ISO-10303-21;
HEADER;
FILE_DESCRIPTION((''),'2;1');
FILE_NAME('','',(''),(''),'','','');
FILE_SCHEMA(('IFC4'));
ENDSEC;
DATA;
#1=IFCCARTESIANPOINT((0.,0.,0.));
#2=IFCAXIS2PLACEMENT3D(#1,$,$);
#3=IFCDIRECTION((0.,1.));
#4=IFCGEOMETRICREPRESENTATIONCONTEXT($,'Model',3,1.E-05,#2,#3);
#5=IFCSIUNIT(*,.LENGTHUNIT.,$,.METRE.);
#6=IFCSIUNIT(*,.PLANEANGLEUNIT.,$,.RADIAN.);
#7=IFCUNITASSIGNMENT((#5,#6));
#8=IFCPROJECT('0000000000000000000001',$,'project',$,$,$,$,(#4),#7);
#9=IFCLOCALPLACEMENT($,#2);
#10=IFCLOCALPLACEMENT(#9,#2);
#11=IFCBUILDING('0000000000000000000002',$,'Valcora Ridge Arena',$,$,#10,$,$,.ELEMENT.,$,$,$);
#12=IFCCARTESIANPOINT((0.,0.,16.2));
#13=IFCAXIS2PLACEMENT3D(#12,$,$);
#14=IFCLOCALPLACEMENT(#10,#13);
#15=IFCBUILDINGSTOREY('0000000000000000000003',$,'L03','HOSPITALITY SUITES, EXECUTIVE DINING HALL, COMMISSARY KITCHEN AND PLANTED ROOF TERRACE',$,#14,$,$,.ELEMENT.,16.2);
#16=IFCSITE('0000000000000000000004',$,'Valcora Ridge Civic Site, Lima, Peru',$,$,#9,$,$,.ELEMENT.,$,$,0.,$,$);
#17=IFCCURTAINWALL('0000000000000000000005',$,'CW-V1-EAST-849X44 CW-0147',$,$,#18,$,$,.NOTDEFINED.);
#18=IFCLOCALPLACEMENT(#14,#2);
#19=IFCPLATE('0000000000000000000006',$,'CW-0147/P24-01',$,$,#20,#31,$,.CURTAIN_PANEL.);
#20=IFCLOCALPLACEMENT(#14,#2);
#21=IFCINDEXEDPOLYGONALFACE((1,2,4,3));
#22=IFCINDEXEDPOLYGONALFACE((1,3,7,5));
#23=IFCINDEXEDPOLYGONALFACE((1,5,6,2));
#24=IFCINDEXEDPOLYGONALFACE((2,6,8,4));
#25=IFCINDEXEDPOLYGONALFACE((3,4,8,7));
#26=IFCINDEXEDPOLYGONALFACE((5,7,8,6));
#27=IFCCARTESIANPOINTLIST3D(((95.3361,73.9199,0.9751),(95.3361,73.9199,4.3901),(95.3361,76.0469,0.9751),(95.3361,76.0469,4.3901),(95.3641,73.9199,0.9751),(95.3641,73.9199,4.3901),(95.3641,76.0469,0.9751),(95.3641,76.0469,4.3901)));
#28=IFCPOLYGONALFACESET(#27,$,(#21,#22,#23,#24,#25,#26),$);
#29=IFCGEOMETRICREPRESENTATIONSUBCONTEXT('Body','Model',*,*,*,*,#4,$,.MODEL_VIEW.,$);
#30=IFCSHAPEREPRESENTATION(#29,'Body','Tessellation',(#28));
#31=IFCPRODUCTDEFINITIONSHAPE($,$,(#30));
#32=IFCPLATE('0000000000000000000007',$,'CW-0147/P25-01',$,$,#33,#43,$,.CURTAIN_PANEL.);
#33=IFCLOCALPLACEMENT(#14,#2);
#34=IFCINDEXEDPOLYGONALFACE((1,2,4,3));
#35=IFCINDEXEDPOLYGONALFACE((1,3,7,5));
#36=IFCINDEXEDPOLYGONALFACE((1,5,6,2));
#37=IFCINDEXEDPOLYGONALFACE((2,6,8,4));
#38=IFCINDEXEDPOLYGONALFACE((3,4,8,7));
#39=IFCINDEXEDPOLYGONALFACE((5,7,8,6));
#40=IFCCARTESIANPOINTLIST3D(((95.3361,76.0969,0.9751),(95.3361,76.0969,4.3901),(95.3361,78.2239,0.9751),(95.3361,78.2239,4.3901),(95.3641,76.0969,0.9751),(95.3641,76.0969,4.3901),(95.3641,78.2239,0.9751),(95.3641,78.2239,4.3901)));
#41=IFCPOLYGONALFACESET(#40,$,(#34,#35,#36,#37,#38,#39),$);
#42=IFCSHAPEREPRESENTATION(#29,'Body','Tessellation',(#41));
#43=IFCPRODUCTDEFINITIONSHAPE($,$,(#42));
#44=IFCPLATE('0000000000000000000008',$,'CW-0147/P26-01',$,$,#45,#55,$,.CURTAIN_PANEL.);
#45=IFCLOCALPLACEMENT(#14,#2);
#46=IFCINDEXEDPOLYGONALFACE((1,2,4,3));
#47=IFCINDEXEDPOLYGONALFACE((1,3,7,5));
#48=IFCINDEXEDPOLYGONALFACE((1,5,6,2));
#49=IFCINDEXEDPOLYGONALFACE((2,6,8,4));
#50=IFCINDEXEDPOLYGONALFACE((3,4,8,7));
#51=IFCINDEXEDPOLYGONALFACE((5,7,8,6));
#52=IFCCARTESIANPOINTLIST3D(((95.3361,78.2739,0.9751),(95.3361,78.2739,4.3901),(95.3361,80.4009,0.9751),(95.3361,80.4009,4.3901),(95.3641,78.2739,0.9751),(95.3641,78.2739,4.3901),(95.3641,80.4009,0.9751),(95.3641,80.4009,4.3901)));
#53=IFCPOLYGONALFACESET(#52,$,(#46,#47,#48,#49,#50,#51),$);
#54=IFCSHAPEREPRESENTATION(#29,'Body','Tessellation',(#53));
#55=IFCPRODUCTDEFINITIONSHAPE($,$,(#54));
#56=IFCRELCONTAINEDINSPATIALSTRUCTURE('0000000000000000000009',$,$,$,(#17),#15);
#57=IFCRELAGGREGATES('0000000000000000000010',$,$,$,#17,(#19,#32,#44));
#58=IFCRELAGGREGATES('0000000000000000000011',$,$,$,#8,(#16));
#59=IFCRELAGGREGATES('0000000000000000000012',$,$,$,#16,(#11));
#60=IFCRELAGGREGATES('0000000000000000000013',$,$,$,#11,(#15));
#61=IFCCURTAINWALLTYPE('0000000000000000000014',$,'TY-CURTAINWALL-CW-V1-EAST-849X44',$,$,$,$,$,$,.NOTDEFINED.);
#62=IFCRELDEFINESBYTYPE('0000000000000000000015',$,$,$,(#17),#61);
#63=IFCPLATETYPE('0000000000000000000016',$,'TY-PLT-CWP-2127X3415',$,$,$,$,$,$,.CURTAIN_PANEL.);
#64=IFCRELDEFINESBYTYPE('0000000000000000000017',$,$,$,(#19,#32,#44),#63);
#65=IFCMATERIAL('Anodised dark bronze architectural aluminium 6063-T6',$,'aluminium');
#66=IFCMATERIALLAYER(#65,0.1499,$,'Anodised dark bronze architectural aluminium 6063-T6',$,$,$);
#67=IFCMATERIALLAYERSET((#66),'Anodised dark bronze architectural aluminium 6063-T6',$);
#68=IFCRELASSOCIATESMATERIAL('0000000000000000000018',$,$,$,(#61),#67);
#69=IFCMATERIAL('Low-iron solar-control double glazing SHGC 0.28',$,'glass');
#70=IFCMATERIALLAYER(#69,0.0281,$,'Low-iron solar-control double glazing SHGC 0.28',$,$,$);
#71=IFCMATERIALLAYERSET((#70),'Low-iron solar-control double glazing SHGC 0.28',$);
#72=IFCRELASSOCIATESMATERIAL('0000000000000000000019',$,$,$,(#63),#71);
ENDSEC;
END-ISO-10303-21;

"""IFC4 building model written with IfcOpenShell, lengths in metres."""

from ifc_helpers import new_model, si_unit, direction, frame, origin, origin_2d, place, context, subcontext, project, spatial, rectangle, extrude, material, layer, layer_set, type_object, element, aggregate, save


model = new_model("IFC4")

# Units and contexts
model_context = context("Model", 3, precision=1e-05, world=origin(), true_north=direction((0.0, 1.0)))
body_context = subcontext(model_context, "Body", "Model", "MODEL_VIEW")
ifc_project = project(units=[si_unit("LENGTHUNIT", "METRE"), si_unit("PLANEANGLEUNIT", "RADIAN")], contexts=[model_context])

# Site, building, storey
site_placement = place(None, origin())
site = spatial("IfcSite", under=ifc_project, at=site_placement, Name="Valcora Ridge Civic Site, Lima, Peru", CompositionType="ELEMENT", RefElevation=0.0)
building_placement = place(site_placement, origin())
building = spatial("IfcBuilding", under=site, at=building_placement, Name="Valcora Ridge Arena", CompositionType="ELEMENT")
storey_placement = place(building_placement, frame((0.0, 0.0, 16.2)))
storey = spatial("IfcBuildingStorey", under=building, at=storey_placement, Name="L03", Description="HOSPITALITY SUITES, EXECUTIVE DINING HALL, COMMISSARY KITCHEN AND PLANTED ROOF TERRACE", CompositionType="ELEMENT", Elevation=16.2)

# Curtain wall
ifc_material_1 = material(Name="Anodised dark bronze architectural aluminium 6063-T6", Category="aluminium")
ifc_layer_1 = layer(ifc_material_1, 0.1499, Name="Anodised dark bronze architectural aluminium 6063-T6")
ifc_layer_set_1 = layer_set([ifc_layer_1], Name="Anodised dark bronze architectural aluminium 6063-T6")
curtain_wall_type = type_object("IfcCurtainWallType", Name="TY-CURTAINWALL-CW-V1-EAST-849X44", PredefinedType="NOTDEFINED", material=ifc_layer_set_1)
curtain_wall_placement = place(storey_placement, origin())
curtain_wall = element("IfcCurtainWall", 1, at=curtain_wall_placement, inside=storey, type_object=curtain_wall_type, Name="CW-V1-EAST-849X44 CW-0147", PredefinedType="NOTDEFINED")

# Plates
ifc_material_2 = material(Name="Low-iron solar-control double glazing SHGC 0.28", Category="glass")
ifc_layer_2 = layer(ifc_material_2, 0.0281, Name="Low-iron solar-control double glazing SHGC 0.28")
ifc_layer_set_2 = layer_set([ifc_layer_2], Name="Low-iron solar-control double glazing SHGC 0.28")
plate_type_1 = type_object("IfcPlateType", Name="TY-PLT-CWP-2127X3415", PredefinedType="CURTAIN_PANEL", material=ifc_layer_set_2)
plate_1_placement = place(storey_placement, frame((95.3501, 74.9834, 0.9751), z_axis=(0.0, 0.0, 1.0), x_axis=(0.0, 1.0, 0.0)))
plate_1 = element("IfcPlate", 2, at=plate_1_placement, type_object=plate_type_1, Name="CW-0147/P24-01", PredefinedType="CURTAIN_PANEL", context=body_context, shape_type="SweptSolid", body=[
    extrude(rectangle(XDim=2.127, YDim=0.0281, at=origin_2d()), origin(), (0.0, 0.0, 1.0), 3.415),
])
plate_2_placement = place(storey_placement, frame((95.3501, 77.1604, 0.9751), z_axis=(0.0, 0.0, 1.0), x_axis=(0.0, 1.0, 0.0)))
plate_2 = element("IfcPlate", 3, at=plate_2_placement, type_object=plate_type_1, Name="CW-0147/P25-01", PredefinedType="CURTAIN_PANEL", context=body_context, shape_type="SweptSolid", body=[
    extrude(rectangle(XDim=2.127, YDim=0.0281, at=origin_2d()), origin(), (0.0, 0.0, 1.0), 3.415),
])
plate_3_placement = place(storey_placement, frame((95.3501, 79.3374, 0.9751), z_axis=(0.0, 0.0, 1.0), x_axis=(0.0, 1.0, 0.0)))
plate_3 = element("IfcPlate", 4, at=plate_3_placement, type_object=plate_type_1, Name="CW-0147/P26-01", PredefinedType="CURTAIN_PANEL", context=body_context, shape_type="SweptSolid", body=[
    extrude(rectangle(XDim=2.127, YDim=0.0281, at=origin_2d()), origin(), (0.0, 0.0, 1.0), 3.415),
])
aggregate(curtain_wall, [plate_1, plate_2, plate_3])

save(model, "model.ifc")
